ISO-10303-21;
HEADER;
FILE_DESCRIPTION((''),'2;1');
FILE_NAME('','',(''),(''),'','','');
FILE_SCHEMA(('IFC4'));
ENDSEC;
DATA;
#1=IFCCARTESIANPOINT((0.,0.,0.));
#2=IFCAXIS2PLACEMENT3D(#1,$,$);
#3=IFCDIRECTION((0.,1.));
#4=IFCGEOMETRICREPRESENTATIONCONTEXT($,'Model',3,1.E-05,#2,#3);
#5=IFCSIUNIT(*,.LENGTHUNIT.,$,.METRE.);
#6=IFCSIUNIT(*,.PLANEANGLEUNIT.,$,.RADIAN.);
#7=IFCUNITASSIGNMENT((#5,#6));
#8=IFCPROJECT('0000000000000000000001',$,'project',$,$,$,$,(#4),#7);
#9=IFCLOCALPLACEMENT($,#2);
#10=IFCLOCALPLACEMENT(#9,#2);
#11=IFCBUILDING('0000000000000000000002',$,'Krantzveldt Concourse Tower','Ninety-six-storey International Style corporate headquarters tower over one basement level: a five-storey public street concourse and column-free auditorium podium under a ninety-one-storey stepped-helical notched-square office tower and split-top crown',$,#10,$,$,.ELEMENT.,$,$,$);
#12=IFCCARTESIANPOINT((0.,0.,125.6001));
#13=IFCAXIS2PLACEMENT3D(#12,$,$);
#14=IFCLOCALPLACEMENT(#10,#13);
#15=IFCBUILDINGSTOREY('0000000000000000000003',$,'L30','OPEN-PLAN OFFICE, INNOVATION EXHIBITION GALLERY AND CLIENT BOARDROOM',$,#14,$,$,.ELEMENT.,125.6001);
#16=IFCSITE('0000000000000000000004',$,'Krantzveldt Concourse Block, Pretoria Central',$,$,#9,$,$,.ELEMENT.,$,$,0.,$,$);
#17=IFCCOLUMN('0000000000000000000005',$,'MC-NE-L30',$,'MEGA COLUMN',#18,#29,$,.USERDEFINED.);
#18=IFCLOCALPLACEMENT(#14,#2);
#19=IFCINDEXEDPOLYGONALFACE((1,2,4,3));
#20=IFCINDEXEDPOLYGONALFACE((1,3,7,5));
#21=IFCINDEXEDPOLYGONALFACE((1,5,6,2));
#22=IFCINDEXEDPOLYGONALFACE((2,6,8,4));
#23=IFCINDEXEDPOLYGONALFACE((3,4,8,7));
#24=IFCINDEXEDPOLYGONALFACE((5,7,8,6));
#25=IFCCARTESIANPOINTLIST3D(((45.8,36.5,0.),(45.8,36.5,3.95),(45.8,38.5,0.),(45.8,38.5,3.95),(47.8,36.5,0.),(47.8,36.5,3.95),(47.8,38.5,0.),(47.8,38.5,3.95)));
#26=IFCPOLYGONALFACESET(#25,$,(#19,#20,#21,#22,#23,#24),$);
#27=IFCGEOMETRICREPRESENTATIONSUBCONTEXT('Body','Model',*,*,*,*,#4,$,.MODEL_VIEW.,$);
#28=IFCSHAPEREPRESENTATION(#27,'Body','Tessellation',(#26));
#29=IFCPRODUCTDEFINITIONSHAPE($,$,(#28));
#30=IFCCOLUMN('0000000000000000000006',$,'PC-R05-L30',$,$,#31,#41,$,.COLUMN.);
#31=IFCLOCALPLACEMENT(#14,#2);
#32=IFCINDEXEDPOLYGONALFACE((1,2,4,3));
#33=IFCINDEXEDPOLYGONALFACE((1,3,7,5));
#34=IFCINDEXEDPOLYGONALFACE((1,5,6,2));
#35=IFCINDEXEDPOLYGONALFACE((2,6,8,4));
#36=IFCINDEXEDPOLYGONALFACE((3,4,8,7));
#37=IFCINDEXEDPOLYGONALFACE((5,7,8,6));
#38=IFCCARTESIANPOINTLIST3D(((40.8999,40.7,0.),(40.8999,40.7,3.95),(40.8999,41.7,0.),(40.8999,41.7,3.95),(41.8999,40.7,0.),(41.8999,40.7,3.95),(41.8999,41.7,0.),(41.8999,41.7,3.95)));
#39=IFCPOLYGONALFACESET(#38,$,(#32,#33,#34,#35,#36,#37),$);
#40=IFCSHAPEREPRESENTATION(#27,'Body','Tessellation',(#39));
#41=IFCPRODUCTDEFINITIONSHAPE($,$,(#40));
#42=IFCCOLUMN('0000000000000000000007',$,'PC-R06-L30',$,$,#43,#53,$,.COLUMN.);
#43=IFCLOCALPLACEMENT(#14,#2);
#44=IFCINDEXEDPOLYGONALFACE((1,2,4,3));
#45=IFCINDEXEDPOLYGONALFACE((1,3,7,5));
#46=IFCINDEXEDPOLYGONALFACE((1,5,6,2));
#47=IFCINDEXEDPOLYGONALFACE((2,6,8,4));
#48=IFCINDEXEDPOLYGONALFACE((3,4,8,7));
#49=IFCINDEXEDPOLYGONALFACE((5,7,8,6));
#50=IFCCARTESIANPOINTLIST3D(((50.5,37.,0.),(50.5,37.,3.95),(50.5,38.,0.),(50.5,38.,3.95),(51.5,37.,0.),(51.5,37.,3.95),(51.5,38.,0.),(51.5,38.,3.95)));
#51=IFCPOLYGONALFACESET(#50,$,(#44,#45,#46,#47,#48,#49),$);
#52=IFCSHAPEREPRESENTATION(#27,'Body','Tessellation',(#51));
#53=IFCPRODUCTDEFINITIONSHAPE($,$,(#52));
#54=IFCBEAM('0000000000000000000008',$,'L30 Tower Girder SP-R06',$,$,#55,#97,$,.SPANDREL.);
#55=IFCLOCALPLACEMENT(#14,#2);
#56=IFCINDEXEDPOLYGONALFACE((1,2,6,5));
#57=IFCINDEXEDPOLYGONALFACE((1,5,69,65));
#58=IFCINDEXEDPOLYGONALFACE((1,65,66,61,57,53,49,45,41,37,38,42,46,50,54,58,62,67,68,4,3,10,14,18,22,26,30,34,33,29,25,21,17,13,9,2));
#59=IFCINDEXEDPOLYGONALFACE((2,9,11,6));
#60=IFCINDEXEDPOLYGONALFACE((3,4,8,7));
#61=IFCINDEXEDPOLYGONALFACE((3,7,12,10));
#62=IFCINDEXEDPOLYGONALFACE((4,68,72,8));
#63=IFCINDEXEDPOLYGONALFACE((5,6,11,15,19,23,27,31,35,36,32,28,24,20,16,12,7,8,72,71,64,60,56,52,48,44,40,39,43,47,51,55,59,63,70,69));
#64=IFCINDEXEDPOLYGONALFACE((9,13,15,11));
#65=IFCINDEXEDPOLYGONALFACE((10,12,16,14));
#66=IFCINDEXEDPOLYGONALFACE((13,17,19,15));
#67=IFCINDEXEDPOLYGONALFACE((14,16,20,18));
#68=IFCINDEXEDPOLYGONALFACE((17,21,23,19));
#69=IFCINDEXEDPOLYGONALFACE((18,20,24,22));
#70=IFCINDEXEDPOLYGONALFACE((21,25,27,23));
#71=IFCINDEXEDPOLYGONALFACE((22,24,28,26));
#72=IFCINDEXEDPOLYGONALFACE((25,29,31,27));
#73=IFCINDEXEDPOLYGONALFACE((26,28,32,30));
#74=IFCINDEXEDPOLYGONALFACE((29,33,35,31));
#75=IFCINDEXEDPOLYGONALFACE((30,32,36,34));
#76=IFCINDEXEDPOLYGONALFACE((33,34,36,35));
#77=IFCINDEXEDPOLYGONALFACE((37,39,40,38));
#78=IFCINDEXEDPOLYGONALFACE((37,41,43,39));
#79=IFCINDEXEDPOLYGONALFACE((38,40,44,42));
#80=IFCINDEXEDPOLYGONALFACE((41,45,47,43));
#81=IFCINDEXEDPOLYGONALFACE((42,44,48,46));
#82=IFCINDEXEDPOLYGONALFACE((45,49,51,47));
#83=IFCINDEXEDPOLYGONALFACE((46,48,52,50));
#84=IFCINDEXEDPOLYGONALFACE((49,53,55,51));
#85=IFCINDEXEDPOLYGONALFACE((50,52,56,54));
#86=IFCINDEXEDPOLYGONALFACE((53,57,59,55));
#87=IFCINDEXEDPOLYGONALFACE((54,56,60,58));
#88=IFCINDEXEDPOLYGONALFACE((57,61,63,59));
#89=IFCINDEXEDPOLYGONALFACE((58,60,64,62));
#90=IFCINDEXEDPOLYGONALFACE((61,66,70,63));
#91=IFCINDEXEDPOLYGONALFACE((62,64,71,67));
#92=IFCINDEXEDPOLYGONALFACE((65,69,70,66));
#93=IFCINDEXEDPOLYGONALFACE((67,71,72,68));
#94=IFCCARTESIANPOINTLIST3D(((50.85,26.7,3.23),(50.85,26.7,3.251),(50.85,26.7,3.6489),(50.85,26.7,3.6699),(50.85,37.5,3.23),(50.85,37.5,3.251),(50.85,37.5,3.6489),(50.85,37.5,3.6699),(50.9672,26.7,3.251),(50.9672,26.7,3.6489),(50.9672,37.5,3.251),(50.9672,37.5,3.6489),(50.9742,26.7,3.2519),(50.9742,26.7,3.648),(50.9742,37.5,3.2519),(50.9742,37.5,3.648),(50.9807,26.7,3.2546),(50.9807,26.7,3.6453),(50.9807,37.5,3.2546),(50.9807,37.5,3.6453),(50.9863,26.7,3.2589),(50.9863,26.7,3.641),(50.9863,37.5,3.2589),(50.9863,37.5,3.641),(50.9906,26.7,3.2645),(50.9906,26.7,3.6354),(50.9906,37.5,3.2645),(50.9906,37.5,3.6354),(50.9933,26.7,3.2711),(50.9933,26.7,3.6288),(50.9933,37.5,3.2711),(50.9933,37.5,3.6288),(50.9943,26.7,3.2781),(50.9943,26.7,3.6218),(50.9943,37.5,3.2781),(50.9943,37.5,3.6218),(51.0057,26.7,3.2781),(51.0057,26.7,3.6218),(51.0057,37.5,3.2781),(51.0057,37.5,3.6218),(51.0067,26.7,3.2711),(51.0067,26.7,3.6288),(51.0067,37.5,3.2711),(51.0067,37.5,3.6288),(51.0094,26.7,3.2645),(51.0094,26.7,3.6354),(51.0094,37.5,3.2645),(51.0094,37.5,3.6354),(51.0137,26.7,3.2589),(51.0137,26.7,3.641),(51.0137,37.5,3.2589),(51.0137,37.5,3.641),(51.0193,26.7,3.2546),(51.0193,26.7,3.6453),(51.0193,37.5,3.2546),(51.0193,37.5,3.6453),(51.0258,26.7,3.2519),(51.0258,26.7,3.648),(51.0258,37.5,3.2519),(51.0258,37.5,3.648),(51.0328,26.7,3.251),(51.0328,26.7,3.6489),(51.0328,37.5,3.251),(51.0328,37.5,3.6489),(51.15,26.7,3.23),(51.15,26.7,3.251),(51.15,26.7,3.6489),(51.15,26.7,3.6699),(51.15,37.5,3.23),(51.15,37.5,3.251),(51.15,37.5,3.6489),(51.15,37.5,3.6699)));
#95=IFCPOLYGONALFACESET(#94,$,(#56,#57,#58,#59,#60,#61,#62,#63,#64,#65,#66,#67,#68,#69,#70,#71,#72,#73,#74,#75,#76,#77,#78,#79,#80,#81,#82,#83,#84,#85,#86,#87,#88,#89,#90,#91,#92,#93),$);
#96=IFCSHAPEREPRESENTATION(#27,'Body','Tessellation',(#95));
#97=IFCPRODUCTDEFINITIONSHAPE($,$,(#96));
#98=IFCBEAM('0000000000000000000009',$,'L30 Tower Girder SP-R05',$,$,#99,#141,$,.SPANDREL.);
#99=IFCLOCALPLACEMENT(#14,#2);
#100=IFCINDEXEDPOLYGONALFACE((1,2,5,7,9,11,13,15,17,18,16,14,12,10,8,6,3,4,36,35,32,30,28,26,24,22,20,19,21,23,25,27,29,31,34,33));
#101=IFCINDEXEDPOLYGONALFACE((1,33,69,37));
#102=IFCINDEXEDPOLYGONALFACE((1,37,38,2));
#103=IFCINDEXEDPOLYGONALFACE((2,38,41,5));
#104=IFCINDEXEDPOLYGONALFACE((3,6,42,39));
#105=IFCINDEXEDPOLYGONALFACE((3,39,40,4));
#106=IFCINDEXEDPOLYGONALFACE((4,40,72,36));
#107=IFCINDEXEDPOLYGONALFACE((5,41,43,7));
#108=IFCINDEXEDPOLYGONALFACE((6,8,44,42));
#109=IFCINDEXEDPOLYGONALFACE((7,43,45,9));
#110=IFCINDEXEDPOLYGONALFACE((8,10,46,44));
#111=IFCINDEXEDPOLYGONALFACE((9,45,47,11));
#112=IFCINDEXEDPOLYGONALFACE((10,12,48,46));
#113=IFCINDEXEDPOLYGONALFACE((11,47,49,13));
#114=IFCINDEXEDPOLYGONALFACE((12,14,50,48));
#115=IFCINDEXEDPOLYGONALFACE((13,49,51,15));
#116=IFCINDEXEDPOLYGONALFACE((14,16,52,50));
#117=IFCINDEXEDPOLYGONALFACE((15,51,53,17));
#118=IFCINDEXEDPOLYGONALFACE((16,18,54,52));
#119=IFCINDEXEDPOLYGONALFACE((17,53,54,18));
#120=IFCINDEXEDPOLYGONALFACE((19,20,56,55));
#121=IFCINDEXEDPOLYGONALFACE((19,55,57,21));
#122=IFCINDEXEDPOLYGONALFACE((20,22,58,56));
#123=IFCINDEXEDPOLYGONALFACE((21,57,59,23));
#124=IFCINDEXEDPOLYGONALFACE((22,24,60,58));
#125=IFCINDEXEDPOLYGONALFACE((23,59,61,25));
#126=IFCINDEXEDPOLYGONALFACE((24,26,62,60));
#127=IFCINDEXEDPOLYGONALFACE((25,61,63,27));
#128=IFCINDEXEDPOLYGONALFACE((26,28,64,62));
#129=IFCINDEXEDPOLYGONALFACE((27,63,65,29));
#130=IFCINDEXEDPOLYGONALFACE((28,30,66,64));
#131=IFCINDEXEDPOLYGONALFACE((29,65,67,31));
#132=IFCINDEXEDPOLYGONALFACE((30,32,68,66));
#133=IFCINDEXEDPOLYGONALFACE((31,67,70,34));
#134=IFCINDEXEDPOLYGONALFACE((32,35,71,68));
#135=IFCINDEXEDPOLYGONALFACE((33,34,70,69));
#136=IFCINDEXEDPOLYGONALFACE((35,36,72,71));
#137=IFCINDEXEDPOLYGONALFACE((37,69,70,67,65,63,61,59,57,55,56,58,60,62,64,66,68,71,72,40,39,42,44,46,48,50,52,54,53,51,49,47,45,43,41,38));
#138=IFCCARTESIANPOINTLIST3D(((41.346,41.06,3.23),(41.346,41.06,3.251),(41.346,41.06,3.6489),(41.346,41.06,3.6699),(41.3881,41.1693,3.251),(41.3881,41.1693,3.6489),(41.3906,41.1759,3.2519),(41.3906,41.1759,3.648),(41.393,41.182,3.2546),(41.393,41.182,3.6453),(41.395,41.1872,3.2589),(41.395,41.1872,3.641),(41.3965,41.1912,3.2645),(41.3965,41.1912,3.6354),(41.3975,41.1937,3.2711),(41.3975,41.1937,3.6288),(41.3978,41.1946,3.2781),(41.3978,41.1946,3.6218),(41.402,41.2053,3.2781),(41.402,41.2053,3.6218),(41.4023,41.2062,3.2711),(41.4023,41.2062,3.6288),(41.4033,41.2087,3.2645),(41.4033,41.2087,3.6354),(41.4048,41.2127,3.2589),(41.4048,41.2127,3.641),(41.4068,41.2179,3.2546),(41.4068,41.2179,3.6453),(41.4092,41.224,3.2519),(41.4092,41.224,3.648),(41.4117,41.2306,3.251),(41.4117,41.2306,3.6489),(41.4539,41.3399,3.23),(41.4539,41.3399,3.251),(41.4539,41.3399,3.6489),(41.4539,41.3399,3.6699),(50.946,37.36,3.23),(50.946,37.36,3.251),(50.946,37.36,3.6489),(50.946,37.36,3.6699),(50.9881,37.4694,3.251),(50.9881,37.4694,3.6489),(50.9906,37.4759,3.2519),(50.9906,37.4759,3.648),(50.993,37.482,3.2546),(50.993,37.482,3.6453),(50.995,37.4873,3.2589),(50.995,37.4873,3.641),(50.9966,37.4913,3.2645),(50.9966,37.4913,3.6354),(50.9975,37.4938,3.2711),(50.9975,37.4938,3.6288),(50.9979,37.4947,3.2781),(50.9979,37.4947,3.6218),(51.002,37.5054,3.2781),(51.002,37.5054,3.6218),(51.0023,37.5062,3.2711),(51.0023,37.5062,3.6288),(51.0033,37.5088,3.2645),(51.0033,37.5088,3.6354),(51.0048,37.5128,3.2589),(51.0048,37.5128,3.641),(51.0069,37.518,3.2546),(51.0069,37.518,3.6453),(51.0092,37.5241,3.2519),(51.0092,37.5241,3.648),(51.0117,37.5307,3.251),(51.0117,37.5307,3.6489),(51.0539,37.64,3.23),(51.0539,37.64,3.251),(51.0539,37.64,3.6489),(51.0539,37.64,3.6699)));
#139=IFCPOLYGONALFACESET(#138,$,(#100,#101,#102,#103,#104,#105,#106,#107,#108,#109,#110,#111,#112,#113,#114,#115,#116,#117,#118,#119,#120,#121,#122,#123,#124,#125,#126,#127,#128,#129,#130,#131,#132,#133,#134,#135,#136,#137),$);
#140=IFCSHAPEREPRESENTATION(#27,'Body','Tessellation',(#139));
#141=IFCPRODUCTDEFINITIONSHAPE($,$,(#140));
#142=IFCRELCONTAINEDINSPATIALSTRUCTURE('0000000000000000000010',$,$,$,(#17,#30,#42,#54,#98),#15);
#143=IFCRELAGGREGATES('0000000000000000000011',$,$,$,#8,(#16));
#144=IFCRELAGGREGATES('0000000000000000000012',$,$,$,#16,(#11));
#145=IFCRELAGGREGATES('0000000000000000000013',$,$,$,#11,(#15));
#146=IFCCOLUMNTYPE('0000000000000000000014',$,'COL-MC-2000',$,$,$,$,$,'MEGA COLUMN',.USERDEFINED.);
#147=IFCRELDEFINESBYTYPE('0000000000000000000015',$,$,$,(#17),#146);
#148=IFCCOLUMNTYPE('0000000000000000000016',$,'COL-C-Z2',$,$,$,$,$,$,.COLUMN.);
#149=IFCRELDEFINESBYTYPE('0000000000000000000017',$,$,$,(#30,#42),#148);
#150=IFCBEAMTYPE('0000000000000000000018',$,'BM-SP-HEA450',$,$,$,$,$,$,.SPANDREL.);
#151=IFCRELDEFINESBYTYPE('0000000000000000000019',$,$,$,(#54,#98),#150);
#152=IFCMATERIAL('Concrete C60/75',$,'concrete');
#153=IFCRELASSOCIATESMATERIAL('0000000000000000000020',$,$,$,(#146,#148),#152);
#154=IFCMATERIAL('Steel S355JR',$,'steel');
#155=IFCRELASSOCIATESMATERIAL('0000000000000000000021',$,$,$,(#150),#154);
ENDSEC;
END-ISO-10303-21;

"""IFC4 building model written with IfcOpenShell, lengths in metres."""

from ifc_helpers import new_model, si_unit, direction, frame, origin, origin_2d, place, context, subcontext, project, spatial, rectangle, i_section, extrude, source, transform, mapped, material, material_profile, profile_set, type_object, type_shapes, element, save


model = new_model("IFC4")

# Units and contexts
model_context = context("Model", 3, precision=1e-05, world=origin(), true_north=direction((0.0, 1.0)))
body_context = subcontext(model_context, "Body", "Model", "MODEL_VIEW")
ifc_project = project(units=[si_unit("LENGTHUNIT", "METRE"), si_unit("PLANEANGLEUNIT", "RADIAN")], contexts=[model_context])

# Site, building, storey
site_placement = place(None, origin())
site = spatial("IfcSite", under=ifc_project, at=site_placement, Name="Krantzveldt Concourse Block, Pretoria Central", CompositionType="ELEMENT", RefElevation=0.0)
building_placement = place(site_placement, origin())
building = spatial("IfcBuilding", under=site, at=building_placement, Name="Krantzveldt Concourse Tower", Description="Ninety-six-storey International Style corporate headquarters tower over one basement level: a five-storey public street concourse and column-free auditorium podium under a ninety-one-storey stepped-helical notched-square office tower and split-top crown", CompositionType="ELEMENT")
storey_placement = place(building_placement, frame((0.0, 0.0, 125.6001)))
storey = spatial("IfcBuildingStorey", under=building, at=storey_placement, Name="L30", Description="OPEN-PLAN OFFICE, INNOVATION EXHIBITION GALLERY AND CLIENT BOARDROOM", CompositionType="ELEMENT", Elevation=125.6001)

# Columns
ifc_material_1 = material(Name="Concrete C60/75", Category="concrete")
ifc_material_profile_1 = material_profile(ifc_material_1, rectangle(XDim=2.0, YDim=2.0, at=origin_2d()), Name="Concrete C60/75", Category="concrete")
ifc_profile_set_1 = profile_set([ifc_material_profile_1], Name="Concrete C60/75 - RC 2000x2000")
column_type_1 = type_object("IfcColumnType", Name="COL-MC-2000", ElementType="MEGA COLUMN", PredefinedType="USERDEFINED", material=ifc_profile_set_1)
shared_shape_1 = source(origin(), body_context, "Body", "SweptSolid", [
    extrude(rectangle(XDim=2.0, YDim=2.0, at=origin_2d()), origin(), (0.0, 0.0, 1.0), 3.95),
])
type_shapes(column_type_1, [shared_shape_1])
column_placement = place(storey_placement, frame((46.8, 37.5, 0.0), z_axis=(0.0, 0.0, 1.0), x_axis=(1.0, 0.0, 0.0)))
element("IfcColumn", 1, at=column_placement, inside=storey, type_object=column_type_1, Name="MC-NE-L30", ObjectType="MEGA COLUMN", PredefinedType="USERDEFINED", context=body_context, shape_type="MappedRepresentation", body=[
    mapped(shared_shape_1, transform((0.0, 0.0, 0.0), x_axis=(1.0, 0.0, 0.0), y_axis=(0.0, 1.0, 0.0), z_axis=(0.0, 0.0, 1.0), scale=1.0)),
])
ifc_material_profile_2 = material_profile(ifc_material_1, rectangle(XDim=1.0, YDim=1.0, at=origin_2d()), Name="Concrete C60/75", Category="concrete")
ifc_profile_set_2 = profile_set([ifc_material_profile_2], Name="Concrete C60/75 - RC 1000x1000")
column_type_2 = type_object("IfcColumnType", Name="COL-C-Z2", PredefinedType="COLUMN", material=ifc_profile_set_2)
shared_shape_2 = source(origin(), body_context, "Body", "SweptSolid", [
    extrude(rectangle(XDim=1.0, YDim=1.0, at=origin_2d()), origin(), (0.0, 0.0, 1.0), 3.95),
])
type_shapes(column_type_2, [shared_shape_2])
for number, where, z_axis, x_axis, name in (
    (2, (41.3999, 41.2, 0.0), (0.0, 0.0, 1.0), (1.0, 0.0, 0.0), "PC-R05-L30"),
    (3, (51.0, 37.5, 0.0), (0.0, 0.0, 1.0), (1.0, 0.0, 0.0), "PC-R06-L30"),
):
    element("IfcColumn", number, at=place(storey_placement, frame(where, z_axis=z_axis, x_axis=x_axis)), inside=storey, type_object=column_type_2, Name=name, PredefinedType="COLUMN", context=body_context, shape_type="MappedRepresentation", body=[
        mapped(shared_shape_2, transform((0.0, 0.0, 0.0), x_axis=(1.0, 0.0, 0.0), y_axis=(0.0, 1.0, 0.0), z_axis=(0.0, 0.0, 1.0), scale=1.0)),
    ])

# Beams
ifc_material_2 = material(Name="Steel S355JR", Category="steel")
ifc_material_profile_3 = material_profile(ifc_material_2, i_section(OverallWidth=0.3, OverallDepth=0.4399, WebThickness=0.0115, FlangeThickness=0.021, FilletRadius=0.0271, at=origin_2d()), Name="Steel S355JR", Category="steel")
ifc_profile_set_3 = profile_set([ifc_material_profile_3], Name="Steel S355JR - HEA 450")
beam_type_1 = type_object("IfcBeamType", Name="BM-SP-HEA450", PredefinedType="SPANDREL", material=ifc_profile_set_3)
shared_shape_3 = source(origin(), body_context, "Body", "SweptSolid", [
    extrude(i_section(OverallWidth=0.3, OverallDepth=0.4399, WebThickness=0.0115, FlangeThickness=0.021, FilletRadius=0.0271, at=origin_2d()), origin(), (0.0, 0.0, 1.0), 10.8),
])
beam_1_placement = place(storey_placement, frame((51.0, 37.5, 3.45), z_axis=(0.0, -1.0, 0.0), x_axis=(1.0, 0.0, 0.0)))
element("IfcBeam", 4, at=beam_1_placement, inside=storey, type_object=beam_type_1, Name="L30 Tower Girder SP-R06", PredefinedType="SPANDREL", context=body_context, shape_type="MappedRepresentation", body=[
    mapped(shared_shape_3, transform((0.0, 0.0, 0.0), x_axis=(1.0, 0.0, 0.0), y_axis=(0.0, 1.0, 0.0), z_axis=(0.0, 0.0, 1.0), scale=1.0)),
])
shared_shape_4 = source(origin(), body_context, "Body", "SweptSolid", [
    extrude(i_section(OverallWidth=0.3, OverallDepth=0.4399, WebThickness=0.0115, FlangeThickness=0.021, FilletRadius=0.0271, at=origin_2d()), origin(), (0.0, 0.0, 1.0), 10.2883),
])
type_shapes(beam_type_1, [shared_shape_3, shared_shape_4])
beam_2_placement = place(storey_placement, frame((41.3999, 41.2, 3.45), z_axis=(0.933098, -0.359623, 0.0), x_axis=(0.359623, 0.933098, 0.0)))
element("IfcBeam", 5, at=beam_2_placement, inside=storey, type_object=beam_type_1, Name="L30 Tower Girder SP-R05", PredefinedType="SPANDREL", context=body_context, shape_type="MappedRepresentation", body=[
    mapped(shared_shape_4, transform((0.0, 0.0, 0.0), x_axis=(1.0, 0.0, 0.0), y_axis=(0.0, 1.0, 0.0), z_axis=(0.0, 0.0, 1.0), scale=1.0)),
])

save(model, "model.ifc")
